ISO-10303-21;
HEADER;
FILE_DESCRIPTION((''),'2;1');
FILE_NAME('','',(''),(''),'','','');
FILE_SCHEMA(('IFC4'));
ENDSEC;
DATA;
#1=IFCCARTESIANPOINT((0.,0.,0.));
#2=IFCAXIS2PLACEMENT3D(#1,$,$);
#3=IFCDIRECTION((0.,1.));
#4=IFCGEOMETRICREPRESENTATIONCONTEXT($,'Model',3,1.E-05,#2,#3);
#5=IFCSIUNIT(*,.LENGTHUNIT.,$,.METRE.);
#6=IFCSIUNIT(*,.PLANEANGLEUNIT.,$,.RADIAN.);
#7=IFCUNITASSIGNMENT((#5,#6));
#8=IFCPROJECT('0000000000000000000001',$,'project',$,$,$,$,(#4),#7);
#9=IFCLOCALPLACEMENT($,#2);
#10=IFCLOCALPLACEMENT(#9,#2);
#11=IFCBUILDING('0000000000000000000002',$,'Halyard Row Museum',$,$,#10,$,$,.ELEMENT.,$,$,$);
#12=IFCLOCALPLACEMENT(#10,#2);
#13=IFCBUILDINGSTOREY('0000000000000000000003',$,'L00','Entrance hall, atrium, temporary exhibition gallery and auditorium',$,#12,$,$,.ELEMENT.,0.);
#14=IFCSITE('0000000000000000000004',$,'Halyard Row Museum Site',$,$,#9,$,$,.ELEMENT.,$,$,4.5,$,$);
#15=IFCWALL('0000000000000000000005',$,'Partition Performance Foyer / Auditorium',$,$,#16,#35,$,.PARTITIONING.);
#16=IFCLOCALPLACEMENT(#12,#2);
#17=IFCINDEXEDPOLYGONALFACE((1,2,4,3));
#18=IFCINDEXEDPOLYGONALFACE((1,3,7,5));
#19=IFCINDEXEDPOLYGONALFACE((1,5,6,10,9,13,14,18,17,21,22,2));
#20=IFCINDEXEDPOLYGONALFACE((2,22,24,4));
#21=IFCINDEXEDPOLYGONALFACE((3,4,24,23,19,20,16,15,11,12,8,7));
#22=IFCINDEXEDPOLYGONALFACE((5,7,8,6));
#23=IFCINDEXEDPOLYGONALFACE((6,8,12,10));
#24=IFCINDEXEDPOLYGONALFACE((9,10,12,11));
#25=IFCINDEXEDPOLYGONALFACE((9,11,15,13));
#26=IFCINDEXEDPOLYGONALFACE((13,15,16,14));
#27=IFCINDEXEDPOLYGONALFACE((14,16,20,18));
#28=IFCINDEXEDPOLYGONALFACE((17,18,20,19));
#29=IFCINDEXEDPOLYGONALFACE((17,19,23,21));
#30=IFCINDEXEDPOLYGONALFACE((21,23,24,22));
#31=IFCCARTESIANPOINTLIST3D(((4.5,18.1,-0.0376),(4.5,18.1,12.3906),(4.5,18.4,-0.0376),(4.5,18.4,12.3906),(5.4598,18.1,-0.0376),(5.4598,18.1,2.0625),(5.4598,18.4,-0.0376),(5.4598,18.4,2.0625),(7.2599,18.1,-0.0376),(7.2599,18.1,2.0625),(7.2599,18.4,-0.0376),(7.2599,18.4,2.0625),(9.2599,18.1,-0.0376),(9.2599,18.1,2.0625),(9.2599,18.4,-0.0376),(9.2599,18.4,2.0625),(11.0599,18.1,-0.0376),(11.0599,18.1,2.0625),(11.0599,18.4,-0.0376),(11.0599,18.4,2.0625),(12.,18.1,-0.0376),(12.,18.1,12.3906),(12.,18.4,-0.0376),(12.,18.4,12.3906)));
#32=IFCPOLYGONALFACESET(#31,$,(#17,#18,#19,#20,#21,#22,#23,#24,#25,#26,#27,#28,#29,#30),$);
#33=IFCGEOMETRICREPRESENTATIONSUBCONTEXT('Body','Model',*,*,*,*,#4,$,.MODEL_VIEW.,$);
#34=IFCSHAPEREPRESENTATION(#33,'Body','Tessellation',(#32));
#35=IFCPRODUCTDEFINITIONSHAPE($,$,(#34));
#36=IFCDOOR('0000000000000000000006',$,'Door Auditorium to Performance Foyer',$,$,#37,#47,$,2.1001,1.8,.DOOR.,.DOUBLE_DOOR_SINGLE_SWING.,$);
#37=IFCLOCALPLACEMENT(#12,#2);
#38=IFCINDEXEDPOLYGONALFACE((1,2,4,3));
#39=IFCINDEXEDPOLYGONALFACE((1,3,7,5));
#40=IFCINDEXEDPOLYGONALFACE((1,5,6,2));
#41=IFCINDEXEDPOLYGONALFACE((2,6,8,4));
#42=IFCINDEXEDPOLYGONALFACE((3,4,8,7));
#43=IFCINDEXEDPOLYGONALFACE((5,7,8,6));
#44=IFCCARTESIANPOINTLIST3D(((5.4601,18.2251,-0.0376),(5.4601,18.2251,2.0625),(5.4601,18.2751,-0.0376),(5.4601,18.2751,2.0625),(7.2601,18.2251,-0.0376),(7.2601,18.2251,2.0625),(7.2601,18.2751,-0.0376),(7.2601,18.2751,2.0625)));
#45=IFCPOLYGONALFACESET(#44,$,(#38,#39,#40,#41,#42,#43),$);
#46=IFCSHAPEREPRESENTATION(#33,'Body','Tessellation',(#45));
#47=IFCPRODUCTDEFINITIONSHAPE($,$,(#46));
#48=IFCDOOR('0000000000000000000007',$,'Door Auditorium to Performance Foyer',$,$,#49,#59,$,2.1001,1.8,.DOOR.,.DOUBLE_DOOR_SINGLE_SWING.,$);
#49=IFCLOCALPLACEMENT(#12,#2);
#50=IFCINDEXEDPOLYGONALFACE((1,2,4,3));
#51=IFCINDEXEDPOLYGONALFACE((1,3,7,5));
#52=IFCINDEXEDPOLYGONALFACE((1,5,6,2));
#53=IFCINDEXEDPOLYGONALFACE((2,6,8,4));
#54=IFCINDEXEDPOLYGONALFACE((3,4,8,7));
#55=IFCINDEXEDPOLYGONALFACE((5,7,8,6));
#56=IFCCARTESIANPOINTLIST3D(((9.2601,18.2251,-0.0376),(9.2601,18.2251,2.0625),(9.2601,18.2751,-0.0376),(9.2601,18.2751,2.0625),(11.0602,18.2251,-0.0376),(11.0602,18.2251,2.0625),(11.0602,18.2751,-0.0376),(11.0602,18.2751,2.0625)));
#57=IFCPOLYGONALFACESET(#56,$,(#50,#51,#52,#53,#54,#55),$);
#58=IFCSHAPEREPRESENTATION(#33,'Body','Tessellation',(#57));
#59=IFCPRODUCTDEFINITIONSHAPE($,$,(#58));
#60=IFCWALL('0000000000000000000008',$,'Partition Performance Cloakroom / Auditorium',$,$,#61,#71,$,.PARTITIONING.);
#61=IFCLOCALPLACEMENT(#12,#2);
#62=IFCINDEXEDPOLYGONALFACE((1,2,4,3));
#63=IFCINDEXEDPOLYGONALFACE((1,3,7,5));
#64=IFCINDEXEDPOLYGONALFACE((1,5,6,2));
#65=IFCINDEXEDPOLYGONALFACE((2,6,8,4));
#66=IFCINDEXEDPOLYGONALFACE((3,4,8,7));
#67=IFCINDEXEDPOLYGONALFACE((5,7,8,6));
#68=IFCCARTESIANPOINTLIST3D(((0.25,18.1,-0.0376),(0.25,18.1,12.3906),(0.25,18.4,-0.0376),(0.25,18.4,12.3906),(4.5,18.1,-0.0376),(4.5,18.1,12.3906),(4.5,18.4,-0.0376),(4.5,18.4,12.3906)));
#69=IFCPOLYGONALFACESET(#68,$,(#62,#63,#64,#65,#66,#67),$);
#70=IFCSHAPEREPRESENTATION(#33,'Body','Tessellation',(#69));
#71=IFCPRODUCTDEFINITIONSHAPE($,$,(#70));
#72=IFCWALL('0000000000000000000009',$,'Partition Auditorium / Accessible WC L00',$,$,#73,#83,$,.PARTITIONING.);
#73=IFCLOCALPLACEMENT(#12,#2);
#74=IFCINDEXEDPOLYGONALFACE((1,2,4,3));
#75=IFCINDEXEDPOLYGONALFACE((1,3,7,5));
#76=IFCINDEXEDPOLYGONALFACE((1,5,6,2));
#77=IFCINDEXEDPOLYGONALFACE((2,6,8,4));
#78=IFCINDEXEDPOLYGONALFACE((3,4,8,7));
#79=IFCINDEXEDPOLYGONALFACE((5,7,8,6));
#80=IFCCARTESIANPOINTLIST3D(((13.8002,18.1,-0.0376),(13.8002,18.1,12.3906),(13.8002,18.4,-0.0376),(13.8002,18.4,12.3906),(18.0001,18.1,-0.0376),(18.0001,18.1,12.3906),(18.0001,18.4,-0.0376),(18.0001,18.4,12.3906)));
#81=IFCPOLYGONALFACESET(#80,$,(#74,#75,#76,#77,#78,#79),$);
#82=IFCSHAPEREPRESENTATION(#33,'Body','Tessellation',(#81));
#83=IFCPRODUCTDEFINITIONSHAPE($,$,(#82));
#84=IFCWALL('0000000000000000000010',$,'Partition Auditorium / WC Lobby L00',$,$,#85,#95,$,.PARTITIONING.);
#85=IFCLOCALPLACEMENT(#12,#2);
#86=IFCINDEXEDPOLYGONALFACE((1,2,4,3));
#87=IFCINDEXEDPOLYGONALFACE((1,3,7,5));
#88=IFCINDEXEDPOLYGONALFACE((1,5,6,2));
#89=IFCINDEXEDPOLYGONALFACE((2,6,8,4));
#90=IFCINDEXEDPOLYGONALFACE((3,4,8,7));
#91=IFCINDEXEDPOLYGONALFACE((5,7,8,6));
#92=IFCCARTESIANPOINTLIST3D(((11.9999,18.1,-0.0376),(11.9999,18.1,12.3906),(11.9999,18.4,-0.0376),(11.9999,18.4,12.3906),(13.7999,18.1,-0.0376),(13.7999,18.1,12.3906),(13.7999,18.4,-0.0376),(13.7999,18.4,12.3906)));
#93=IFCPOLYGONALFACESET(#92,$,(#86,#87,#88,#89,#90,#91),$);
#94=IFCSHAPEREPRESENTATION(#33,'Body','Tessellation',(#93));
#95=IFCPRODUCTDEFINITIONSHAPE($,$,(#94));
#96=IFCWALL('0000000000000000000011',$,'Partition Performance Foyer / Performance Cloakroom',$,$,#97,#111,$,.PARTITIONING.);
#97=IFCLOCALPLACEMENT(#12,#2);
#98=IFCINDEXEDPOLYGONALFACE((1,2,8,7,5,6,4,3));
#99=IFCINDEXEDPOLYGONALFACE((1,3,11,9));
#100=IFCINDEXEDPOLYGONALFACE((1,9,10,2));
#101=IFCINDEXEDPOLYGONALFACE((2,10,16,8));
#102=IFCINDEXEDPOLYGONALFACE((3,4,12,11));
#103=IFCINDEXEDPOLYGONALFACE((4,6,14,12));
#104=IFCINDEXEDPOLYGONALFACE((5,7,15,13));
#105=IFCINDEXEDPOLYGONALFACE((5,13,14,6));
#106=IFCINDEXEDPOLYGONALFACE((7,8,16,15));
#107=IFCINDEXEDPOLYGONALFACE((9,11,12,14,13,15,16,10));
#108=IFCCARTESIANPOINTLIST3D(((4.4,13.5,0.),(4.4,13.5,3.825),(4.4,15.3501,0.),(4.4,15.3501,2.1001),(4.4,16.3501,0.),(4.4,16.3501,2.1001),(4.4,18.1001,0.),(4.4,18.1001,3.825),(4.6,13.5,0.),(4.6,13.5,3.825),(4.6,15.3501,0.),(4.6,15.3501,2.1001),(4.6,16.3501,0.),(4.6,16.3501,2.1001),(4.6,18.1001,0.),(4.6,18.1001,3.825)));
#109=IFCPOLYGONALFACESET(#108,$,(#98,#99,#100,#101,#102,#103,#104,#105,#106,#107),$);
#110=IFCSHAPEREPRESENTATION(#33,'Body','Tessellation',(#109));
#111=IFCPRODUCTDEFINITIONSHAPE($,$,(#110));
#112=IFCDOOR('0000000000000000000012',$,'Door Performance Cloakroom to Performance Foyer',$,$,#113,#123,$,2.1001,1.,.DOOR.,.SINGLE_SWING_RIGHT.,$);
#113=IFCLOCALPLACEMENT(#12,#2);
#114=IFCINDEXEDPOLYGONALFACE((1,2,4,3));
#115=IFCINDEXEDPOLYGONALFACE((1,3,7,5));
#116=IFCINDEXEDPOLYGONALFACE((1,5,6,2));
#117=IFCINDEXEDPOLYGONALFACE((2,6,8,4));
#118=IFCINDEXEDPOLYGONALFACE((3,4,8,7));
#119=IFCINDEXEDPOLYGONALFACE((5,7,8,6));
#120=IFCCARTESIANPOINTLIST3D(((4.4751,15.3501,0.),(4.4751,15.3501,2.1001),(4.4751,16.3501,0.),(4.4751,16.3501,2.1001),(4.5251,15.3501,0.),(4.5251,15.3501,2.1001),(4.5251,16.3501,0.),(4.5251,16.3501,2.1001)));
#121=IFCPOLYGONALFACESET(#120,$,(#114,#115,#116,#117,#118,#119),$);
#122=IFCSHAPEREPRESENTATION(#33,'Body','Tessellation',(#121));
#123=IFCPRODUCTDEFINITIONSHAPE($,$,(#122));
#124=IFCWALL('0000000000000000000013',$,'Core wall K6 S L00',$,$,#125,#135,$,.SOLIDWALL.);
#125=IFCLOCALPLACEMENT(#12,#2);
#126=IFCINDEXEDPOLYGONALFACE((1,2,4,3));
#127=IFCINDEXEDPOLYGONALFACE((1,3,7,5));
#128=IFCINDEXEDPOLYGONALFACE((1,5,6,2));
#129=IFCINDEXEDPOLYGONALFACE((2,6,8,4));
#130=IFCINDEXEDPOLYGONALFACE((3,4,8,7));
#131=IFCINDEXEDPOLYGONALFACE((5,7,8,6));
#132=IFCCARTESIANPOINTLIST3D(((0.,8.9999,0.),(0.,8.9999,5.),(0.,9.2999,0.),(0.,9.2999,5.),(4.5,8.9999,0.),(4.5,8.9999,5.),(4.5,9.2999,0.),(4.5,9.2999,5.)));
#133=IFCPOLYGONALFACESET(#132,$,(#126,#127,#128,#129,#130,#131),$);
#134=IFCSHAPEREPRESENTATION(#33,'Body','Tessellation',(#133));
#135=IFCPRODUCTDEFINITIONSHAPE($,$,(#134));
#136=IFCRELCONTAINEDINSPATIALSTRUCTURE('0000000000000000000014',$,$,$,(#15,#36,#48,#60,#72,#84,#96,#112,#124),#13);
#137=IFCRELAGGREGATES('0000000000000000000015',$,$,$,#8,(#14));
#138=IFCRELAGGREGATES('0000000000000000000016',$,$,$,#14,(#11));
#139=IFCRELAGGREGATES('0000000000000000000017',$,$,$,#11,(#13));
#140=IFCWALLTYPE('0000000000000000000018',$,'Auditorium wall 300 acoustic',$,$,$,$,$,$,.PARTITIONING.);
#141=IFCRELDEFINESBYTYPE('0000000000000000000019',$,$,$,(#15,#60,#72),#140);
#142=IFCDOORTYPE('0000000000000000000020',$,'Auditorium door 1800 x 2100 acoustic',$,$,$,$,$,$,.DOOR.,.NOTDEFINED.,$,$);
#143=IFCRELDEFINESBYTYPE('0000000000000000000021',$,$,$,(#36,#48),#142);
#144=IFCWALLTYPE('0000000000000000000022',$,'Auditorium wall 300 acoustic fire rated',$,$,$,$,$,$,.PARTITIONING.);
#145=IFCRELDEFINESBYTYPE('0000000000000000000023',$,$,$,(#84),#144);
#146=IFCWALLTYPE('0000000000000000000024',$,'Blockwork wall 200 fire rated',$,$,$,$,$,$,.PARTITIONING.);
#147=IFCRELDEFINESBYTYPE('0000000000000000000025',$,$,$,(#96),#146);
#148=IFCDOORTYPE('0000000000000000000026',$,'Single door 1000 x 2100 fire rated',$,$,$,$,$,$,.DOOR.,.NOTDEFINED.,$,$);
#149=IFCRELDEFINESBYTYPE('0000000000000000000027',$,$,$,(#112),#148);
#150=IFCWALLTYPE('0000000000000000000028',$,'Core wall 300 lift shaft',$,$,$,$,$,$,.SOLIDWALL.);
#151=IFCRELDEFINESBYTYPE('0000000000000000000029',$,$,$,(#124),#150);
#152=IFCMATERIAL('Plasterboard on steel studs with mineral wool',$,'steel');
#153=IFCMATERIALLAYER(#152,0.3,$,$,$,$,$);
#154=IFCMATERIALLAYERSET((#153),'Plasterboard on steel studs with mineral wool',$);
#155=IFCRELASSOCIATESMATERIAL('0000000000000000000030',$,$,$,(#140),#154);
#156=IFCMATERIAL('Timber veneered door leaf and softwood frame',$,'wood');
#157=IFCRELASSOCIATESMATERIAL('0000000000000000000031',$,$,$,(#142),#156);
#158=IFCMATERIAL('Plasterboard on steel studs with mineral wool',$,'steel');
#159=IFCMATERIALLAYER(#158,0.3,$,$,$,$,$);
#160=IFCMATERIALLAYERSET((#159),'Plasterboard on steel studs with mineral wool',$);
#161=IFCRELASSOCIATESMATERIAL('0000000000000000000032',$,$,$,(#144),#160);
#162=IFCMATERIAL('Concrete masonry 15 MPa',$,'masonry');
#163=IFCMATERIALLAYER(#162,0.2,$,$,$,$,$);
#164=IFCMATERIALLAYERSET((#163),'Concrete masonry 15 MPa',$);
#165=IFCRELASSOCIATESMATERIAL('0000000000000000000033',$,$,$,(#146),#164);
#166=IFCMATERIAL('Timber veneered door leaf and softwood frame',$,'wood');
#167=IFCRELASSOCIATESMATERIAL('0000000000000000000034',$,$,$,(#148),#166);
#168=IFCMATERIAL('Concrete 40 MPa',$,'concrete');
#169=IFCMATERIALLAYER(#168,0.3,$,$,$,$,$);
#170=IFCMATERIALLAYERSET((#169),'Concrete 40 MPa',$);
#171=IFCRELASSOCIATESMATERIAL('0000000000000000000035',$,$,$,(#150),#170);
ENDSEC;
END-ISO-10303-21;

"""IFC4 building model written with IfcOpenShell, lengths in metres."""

from ifc_helpers import new_model, si_unit, direction, frame, frame_2d, origin, place, context, subcontext, project, spatial, rectangle, extrude, material, layer, layer_set, type_object, element, fill, save


model = new_model("IFC4")

# Units and contexts
model_context = context("Model", 3, precision=1e-05, world=origin(), true_north=direction((0.0, 1.0)))
body_context = subcontext(model_context, "Body", "Model", "MODEL_VIEW")
ifc_project = project(units=[si_unit("LENGTHUNIT", "METRE"), si_unit("PLANEANGLEUNIT", "RADIAN")], contexts=[model_context])

# Site, building, storey
site_placement = place(None, origin())
site = spatial("IfcSite", under=ifc_project, at=site_placement, Name="Halyard Row Museum Site", CompositionType="ELEMENT", RefElevation=4.5)
building_placement = place(site_placement, origin())
building = spatial("IfcBuilding", under=site, at=building_placement, Name="Halyard Row Museum", CompositionType="ELEMENT")
storey_placement = place(building_placement, origin())
storey = spatial("IfcBuildingStorey", under=building, at=storey_placement, Name="L00", Description="Entrance hall, atrium, temporary exhibition gallery and auditorium", CompositionType="ELEMENT", Elevation=0.0)

# Wall, openings, doors
ifc_material_1 = material(Name="Plasterboard on steel studs with mineral wool", Category="steel")
ifc_layer_1 = layer(ifc_material_1, 0.3)
ifc_layer_set_1 = layer_set([ifc_layer_1], Name="Plasterboard on steel studs with mineral wool")
wall_type_1 = type_object("IfcWallType", Name="Auditorium wall 300 acoustic", PredefinedType="PARTITIONING", material=ifc_layer_set_1)
wall_1_placement = place(storey_placement, frame((4.5, 18.25, -0.0376), z_axis=(0.0, 0.0, 1.0), x_axis=(1.0, 0.0, 0.0)))
wall_1 = element("IfcWall", 1, at=wall_1_placement, inside=storey, type_object=wall_type_1, Name="Partition Performance Foyer / Auditorium", PredefinedType="PARTITIONING", context=body_context, shape_type="SweptSolid", body=[
    extrude(rectangle(XDim=7.5, YDim=0.3, at=frame_2d((3.75, 0.0))), origin(), (0.0, 0.0, 1.0), 12.4282),
])
opening_1_placement = place(wall_1_placement, frame((0.96, 0.0, 0.0)))
opening_1 = element("IfcOpeningElement", 2, at=opening_1_placement, cuts=wall_1, PredefinedType="OPENING", context=body_context, shape_type="SweptSolid", body=[
    extrude(rectangle(XDim=1.8, YDim=2.1001, at=frame_2d((0.8999, 1.05))), frame((0.0, 0.1599, 0.0), z_axis=(0.0, -1.0, 0.0), x_axis=(1.0, 0.0, 0.0)), (0.0, 0.0, 1.0), 0.3201),
])
opening_2_placement = place(wall_1_placement, frame((4.76, 0.0, 0.0)))
opening_2 = element("IfcOpeningElement", 3, at=opening_2_placement, cuts=wall_1, PredefinedType="OPENING", context=body_context, shape_type="SweptSolid", body=[
    extrude(rectangle(XDim=1.8, YDim=2.1001, at=frame_2d((0.8999, 1.05))), frame((0.0, 0.1599, 0.0), z_axis=(0.0, -1.0, 0.0), x_axis=(1.0, 0.0, 0.0)), (0.0, 0.0, 1.0), 0.3201),
])
ifc_material_2 = material(Name="Timber veneered door leaf and softwood frame", Category="wood")
door_type_1 = type_object("IfcDoorType", Name="Auditorium door 1800 x 2100 acoustic", OperationType="NOTDEFINED", PredefinedType="DOOR", material=ifc_material_2)
door_1_placement = place(opening_1_placement, frame((1.8, 0.0, 0.0), z_axis=(0.0, 0.0, 1.0), x_axis=(-1.0, 0.0, 0.0)))
door_1 = element("IfcDoor", 4, at=door_1_placement, inside=storey, type_object=door_type_1, Name="Door Auditorium to Performance Foyer", OperationType="DOUBLE_DOOR_SINGLE_SWING", OverallHeight=2.1001, OverallWidth=1.8, PredefinedType="DOOR", context=body_context, shape_type="SweptSolid", body=[
    extrude(rectangle(XDim=1.8, YDim=2.1001, at=frame_2d((0.8999, 1.05))), frame((0.0, 0.0249, 0.0), z_axis=(0.0, -1.0, 0.0), x_axis=(1.0, 0.0, 0.0)), (0.0, 0.0, 1.0), 0.05),
])
fill(opening_1, door_1)
door_2_placement = place(opening_2_placement, frame((1.8, 0.0, 0.0), z_axis=(0.0, 0.0, 1.0), x_axis=(-1.0, 0.0, 0.0)))
door_2 = element("IfcDoor", 5, at=door_2_placement, inside=storey, type_object=door_type_1, Name="Door Auditorium to Performance Foyer", OperationType="DOUBLE_DOOR_SINGLE_SWING", OverallHeight=2.1001, OverallWidth=1.8, PredefinedType="DOOR", context=body_context, shape_type="SweptSolid", body=[
    extrude(rectangle(XDim=1.8, YDim=2.1001, at=frame_2d((0.8999, 1.05))), frame((0.0, 0.0249, 0.0), z_axis=(0.0, -1.0, 0.0), x_axis=(1.0, 0.0, 0.0)), (0.0, 0.0, 1.0), 0.05),
])
fill(opening_2, door_2)

# Walls
wall_2_placement = place(storey_placement, frame((0.25, 18.25, -0.0376), z_axis=(0.0, 0.0, 1.0), x_axis=(1.0, 0.0, 0.0)))
element("IfcWall", 6, at=wall_2_placement, inside=storey, type_object=wall_type_1, Name="Partition Performance Cloakroom / Auditorium", PredefinedType="PARTITIONING", context=body_context, shape_type="SweptSolid", body=[
    extrude(rectangle(XDim=4.25, YDim=0.3, at=frame_2d((2.125, 0.0))), origin(), (0.0, 0.0, 1.0), 12.4282),
])
wall_3_placement = place(storey_placement, frame((13.8, 18.25, -0.0376), z_axis=(0.0, 0.0, 1.0), x_axis=(1.0, 0.0, 0.0)))
element("IfcWall", 7, at=wall_3_placement, inside=storey, type_object=wall_type_1, Name="Partition Auditorium / Accessible WC L00", PredefinedType="PARTITIONING", context=body_context, shape_type="SweptSolid", body=[
    extrude(rectangle(XDim=4.2, YDim=0.3, at=frame_2d((2.1001, 0.0))), origin(), (0.0, 0.0, 1.0), 12.4282),
])
ifc_material_3 = material(Name="Plasterboard on steel studs with mineral wool", Category="steel")
ifc_layer_2 = layer(ifc_material_3, 0.3)
ifc_layer_set_2 = layer_set([ifc_layer_2], Name="Plasterboard on steel studs with mineral wool")
wall_type_2 = type_object("IfcWallType", Name="Auditorium wall 300 acoustic fire rated", PredefinedType="PARTITIONING", material=ifc_layer_set_2)
wall_4_placement = place(storey_placement, frame((12.0, 18.25, -0.0376), z_axis=(0.0, 0.0, 1.0), x_axis=(1.0, 0.0, 0.0)))
element("IfcWall", 8, at=wall_4_placement, inside=storey, type_object=wall_type_2, Name="Partition Auditorium / WC Lobby L00", PredefinedType="PARTITIONING", context=body_context, shape_type="SweptSolid", body=[
    extrude(rectangle(XDim=1.8, YDim=0.3, at=frame_2d((0.8999, 0.0))), origin(), (0.0, 0.0, 1.0), 12.4282),
])

# Wall, opening, door
ifc_material_4 = material(Name="Concrete masonry 15 MPa", Category="masonry")
ifc_layer_3 = layer(ifc_material_4, 0.2)
ifc_layer_set_3 = layer_set([ifc_layer_3], Name="Concrete masonry 15 MPa")
wall_type_3 = type_object("IfcWallType", Name="Blockwork wall 200 fire rated", PredefinedType="PARTITIONING", material=ifc_layer_set_3)
wall_5_placement = place(storey_placement, frame((4.5, 13.5, 0.0), z_axis=(0.0, 0.0, 1.0), x_axis=(0.0, 1.0, 0.0)))
wall_5 = element("IfcWall", 9, at=wall_5_placement, inside=storey, type_object=wall_type_3, Name="Partition Performance Foyer / Performance Cloakroom", PredefinedType="PARTITIONING", context=body_context, shape_type="SweptSolid", body=[
    extrude(rectangle(XDim=4.6001, YDim=0.2, at=frame_2d((2.3, 0.0))), origin(), (0.0, 0.0, 1.0), 3.825),
])
opening_3_placement = place(wall_5_placement, frame((1.8501, 0.0, 0.0)))
opening_3 = element("IfcOpeningElement", 10, at=opening_3_placement, cuts=wall_5, PredefinedType="OPENING", context=body_context, shape_type="SweptSolid", body=[
    extrude(rectangle(XDim=1.0, YDim=2.1001, at=frame_2d((0.5, 1.05))), frame((0.0, 0.1099, 0.0), z_axis=(0.0, -1.0, 0.0), x_axis=(1.0, 0.0, 0.0)), (0.0, 0.0, 1.0), 0.22),
])
ifc_material_5 = material(Name="Timber veneered door leaf and softwood frame", Category="wood")
door_type_2 = type_object("IfcDoorType", Name="Single door 1000 x 2100 fire rated", OperationType="NOTDEFINED", PredefinedType="DOOR", material=ifc_material_5)
door_3_placement = place(opening_3_placement, origin())
door_3 = element("IfcDoor", 11, at=door_3_placement, inside=storey, type_object=door_type_2, Name="Door Performance Cloakroom to Performance Foyer", OperationType="SINGLE_SWING_RIGHT", OverallHeight=2.1001, OverallWidth=1.0, PredefinedType="DOOR", context=body_context, shape_type="SweptSolid", body=[
    extrude(rectangle(XDim=1.0, YDim=2.1001, at=frame_2d((0.5, 1.05))), frame((0.0, 0.0249, 0.0), z_axis=(0.0, -1.0, 0.0), x_axis=(1.0, 0.0, 0.0)), (0.0, 0.0, 1.0), 0.05),
])
fill(opening_3, door_3)

# Wall
ifc_material_6 = material(Name="Concrete 40 MPa", Category="concrete")
ifc_layer_4 = layer(ifc_material_6, 0.3)
ifc_layer_set_4 = layer_set([ifc_layer_4], Name="Concrete 40 MPa")
wall_type_4 = type_object("IfcWallType", Name="Core wall 300 lift shaft", PredefinedType="SOLIDWALL", material=ifc_layer_set_4)
wall_6_placement = place(storey_placement, frame((0.0, 9.1499, 0.0), z_axis=(0.0, 0.0, 1.0), x_axis=(1.0, 0.0, 0.0)))
element("IfcWall", 12, at=wall_6_placement, inside=storey, type_object=wall_type_4, Name="Core wall K6 S L00", PredefinedType="SOLIDWALL", context=body_context, shape_type="SweptSolid", body=[
    extrude(rectangle(XDim=4.5, YDim=0.3, at=frame_2d((2.25, 0.0))), origin(), (0.0, 0.0, 1.0), 5.0),
])

save(model, "model.ifc")
